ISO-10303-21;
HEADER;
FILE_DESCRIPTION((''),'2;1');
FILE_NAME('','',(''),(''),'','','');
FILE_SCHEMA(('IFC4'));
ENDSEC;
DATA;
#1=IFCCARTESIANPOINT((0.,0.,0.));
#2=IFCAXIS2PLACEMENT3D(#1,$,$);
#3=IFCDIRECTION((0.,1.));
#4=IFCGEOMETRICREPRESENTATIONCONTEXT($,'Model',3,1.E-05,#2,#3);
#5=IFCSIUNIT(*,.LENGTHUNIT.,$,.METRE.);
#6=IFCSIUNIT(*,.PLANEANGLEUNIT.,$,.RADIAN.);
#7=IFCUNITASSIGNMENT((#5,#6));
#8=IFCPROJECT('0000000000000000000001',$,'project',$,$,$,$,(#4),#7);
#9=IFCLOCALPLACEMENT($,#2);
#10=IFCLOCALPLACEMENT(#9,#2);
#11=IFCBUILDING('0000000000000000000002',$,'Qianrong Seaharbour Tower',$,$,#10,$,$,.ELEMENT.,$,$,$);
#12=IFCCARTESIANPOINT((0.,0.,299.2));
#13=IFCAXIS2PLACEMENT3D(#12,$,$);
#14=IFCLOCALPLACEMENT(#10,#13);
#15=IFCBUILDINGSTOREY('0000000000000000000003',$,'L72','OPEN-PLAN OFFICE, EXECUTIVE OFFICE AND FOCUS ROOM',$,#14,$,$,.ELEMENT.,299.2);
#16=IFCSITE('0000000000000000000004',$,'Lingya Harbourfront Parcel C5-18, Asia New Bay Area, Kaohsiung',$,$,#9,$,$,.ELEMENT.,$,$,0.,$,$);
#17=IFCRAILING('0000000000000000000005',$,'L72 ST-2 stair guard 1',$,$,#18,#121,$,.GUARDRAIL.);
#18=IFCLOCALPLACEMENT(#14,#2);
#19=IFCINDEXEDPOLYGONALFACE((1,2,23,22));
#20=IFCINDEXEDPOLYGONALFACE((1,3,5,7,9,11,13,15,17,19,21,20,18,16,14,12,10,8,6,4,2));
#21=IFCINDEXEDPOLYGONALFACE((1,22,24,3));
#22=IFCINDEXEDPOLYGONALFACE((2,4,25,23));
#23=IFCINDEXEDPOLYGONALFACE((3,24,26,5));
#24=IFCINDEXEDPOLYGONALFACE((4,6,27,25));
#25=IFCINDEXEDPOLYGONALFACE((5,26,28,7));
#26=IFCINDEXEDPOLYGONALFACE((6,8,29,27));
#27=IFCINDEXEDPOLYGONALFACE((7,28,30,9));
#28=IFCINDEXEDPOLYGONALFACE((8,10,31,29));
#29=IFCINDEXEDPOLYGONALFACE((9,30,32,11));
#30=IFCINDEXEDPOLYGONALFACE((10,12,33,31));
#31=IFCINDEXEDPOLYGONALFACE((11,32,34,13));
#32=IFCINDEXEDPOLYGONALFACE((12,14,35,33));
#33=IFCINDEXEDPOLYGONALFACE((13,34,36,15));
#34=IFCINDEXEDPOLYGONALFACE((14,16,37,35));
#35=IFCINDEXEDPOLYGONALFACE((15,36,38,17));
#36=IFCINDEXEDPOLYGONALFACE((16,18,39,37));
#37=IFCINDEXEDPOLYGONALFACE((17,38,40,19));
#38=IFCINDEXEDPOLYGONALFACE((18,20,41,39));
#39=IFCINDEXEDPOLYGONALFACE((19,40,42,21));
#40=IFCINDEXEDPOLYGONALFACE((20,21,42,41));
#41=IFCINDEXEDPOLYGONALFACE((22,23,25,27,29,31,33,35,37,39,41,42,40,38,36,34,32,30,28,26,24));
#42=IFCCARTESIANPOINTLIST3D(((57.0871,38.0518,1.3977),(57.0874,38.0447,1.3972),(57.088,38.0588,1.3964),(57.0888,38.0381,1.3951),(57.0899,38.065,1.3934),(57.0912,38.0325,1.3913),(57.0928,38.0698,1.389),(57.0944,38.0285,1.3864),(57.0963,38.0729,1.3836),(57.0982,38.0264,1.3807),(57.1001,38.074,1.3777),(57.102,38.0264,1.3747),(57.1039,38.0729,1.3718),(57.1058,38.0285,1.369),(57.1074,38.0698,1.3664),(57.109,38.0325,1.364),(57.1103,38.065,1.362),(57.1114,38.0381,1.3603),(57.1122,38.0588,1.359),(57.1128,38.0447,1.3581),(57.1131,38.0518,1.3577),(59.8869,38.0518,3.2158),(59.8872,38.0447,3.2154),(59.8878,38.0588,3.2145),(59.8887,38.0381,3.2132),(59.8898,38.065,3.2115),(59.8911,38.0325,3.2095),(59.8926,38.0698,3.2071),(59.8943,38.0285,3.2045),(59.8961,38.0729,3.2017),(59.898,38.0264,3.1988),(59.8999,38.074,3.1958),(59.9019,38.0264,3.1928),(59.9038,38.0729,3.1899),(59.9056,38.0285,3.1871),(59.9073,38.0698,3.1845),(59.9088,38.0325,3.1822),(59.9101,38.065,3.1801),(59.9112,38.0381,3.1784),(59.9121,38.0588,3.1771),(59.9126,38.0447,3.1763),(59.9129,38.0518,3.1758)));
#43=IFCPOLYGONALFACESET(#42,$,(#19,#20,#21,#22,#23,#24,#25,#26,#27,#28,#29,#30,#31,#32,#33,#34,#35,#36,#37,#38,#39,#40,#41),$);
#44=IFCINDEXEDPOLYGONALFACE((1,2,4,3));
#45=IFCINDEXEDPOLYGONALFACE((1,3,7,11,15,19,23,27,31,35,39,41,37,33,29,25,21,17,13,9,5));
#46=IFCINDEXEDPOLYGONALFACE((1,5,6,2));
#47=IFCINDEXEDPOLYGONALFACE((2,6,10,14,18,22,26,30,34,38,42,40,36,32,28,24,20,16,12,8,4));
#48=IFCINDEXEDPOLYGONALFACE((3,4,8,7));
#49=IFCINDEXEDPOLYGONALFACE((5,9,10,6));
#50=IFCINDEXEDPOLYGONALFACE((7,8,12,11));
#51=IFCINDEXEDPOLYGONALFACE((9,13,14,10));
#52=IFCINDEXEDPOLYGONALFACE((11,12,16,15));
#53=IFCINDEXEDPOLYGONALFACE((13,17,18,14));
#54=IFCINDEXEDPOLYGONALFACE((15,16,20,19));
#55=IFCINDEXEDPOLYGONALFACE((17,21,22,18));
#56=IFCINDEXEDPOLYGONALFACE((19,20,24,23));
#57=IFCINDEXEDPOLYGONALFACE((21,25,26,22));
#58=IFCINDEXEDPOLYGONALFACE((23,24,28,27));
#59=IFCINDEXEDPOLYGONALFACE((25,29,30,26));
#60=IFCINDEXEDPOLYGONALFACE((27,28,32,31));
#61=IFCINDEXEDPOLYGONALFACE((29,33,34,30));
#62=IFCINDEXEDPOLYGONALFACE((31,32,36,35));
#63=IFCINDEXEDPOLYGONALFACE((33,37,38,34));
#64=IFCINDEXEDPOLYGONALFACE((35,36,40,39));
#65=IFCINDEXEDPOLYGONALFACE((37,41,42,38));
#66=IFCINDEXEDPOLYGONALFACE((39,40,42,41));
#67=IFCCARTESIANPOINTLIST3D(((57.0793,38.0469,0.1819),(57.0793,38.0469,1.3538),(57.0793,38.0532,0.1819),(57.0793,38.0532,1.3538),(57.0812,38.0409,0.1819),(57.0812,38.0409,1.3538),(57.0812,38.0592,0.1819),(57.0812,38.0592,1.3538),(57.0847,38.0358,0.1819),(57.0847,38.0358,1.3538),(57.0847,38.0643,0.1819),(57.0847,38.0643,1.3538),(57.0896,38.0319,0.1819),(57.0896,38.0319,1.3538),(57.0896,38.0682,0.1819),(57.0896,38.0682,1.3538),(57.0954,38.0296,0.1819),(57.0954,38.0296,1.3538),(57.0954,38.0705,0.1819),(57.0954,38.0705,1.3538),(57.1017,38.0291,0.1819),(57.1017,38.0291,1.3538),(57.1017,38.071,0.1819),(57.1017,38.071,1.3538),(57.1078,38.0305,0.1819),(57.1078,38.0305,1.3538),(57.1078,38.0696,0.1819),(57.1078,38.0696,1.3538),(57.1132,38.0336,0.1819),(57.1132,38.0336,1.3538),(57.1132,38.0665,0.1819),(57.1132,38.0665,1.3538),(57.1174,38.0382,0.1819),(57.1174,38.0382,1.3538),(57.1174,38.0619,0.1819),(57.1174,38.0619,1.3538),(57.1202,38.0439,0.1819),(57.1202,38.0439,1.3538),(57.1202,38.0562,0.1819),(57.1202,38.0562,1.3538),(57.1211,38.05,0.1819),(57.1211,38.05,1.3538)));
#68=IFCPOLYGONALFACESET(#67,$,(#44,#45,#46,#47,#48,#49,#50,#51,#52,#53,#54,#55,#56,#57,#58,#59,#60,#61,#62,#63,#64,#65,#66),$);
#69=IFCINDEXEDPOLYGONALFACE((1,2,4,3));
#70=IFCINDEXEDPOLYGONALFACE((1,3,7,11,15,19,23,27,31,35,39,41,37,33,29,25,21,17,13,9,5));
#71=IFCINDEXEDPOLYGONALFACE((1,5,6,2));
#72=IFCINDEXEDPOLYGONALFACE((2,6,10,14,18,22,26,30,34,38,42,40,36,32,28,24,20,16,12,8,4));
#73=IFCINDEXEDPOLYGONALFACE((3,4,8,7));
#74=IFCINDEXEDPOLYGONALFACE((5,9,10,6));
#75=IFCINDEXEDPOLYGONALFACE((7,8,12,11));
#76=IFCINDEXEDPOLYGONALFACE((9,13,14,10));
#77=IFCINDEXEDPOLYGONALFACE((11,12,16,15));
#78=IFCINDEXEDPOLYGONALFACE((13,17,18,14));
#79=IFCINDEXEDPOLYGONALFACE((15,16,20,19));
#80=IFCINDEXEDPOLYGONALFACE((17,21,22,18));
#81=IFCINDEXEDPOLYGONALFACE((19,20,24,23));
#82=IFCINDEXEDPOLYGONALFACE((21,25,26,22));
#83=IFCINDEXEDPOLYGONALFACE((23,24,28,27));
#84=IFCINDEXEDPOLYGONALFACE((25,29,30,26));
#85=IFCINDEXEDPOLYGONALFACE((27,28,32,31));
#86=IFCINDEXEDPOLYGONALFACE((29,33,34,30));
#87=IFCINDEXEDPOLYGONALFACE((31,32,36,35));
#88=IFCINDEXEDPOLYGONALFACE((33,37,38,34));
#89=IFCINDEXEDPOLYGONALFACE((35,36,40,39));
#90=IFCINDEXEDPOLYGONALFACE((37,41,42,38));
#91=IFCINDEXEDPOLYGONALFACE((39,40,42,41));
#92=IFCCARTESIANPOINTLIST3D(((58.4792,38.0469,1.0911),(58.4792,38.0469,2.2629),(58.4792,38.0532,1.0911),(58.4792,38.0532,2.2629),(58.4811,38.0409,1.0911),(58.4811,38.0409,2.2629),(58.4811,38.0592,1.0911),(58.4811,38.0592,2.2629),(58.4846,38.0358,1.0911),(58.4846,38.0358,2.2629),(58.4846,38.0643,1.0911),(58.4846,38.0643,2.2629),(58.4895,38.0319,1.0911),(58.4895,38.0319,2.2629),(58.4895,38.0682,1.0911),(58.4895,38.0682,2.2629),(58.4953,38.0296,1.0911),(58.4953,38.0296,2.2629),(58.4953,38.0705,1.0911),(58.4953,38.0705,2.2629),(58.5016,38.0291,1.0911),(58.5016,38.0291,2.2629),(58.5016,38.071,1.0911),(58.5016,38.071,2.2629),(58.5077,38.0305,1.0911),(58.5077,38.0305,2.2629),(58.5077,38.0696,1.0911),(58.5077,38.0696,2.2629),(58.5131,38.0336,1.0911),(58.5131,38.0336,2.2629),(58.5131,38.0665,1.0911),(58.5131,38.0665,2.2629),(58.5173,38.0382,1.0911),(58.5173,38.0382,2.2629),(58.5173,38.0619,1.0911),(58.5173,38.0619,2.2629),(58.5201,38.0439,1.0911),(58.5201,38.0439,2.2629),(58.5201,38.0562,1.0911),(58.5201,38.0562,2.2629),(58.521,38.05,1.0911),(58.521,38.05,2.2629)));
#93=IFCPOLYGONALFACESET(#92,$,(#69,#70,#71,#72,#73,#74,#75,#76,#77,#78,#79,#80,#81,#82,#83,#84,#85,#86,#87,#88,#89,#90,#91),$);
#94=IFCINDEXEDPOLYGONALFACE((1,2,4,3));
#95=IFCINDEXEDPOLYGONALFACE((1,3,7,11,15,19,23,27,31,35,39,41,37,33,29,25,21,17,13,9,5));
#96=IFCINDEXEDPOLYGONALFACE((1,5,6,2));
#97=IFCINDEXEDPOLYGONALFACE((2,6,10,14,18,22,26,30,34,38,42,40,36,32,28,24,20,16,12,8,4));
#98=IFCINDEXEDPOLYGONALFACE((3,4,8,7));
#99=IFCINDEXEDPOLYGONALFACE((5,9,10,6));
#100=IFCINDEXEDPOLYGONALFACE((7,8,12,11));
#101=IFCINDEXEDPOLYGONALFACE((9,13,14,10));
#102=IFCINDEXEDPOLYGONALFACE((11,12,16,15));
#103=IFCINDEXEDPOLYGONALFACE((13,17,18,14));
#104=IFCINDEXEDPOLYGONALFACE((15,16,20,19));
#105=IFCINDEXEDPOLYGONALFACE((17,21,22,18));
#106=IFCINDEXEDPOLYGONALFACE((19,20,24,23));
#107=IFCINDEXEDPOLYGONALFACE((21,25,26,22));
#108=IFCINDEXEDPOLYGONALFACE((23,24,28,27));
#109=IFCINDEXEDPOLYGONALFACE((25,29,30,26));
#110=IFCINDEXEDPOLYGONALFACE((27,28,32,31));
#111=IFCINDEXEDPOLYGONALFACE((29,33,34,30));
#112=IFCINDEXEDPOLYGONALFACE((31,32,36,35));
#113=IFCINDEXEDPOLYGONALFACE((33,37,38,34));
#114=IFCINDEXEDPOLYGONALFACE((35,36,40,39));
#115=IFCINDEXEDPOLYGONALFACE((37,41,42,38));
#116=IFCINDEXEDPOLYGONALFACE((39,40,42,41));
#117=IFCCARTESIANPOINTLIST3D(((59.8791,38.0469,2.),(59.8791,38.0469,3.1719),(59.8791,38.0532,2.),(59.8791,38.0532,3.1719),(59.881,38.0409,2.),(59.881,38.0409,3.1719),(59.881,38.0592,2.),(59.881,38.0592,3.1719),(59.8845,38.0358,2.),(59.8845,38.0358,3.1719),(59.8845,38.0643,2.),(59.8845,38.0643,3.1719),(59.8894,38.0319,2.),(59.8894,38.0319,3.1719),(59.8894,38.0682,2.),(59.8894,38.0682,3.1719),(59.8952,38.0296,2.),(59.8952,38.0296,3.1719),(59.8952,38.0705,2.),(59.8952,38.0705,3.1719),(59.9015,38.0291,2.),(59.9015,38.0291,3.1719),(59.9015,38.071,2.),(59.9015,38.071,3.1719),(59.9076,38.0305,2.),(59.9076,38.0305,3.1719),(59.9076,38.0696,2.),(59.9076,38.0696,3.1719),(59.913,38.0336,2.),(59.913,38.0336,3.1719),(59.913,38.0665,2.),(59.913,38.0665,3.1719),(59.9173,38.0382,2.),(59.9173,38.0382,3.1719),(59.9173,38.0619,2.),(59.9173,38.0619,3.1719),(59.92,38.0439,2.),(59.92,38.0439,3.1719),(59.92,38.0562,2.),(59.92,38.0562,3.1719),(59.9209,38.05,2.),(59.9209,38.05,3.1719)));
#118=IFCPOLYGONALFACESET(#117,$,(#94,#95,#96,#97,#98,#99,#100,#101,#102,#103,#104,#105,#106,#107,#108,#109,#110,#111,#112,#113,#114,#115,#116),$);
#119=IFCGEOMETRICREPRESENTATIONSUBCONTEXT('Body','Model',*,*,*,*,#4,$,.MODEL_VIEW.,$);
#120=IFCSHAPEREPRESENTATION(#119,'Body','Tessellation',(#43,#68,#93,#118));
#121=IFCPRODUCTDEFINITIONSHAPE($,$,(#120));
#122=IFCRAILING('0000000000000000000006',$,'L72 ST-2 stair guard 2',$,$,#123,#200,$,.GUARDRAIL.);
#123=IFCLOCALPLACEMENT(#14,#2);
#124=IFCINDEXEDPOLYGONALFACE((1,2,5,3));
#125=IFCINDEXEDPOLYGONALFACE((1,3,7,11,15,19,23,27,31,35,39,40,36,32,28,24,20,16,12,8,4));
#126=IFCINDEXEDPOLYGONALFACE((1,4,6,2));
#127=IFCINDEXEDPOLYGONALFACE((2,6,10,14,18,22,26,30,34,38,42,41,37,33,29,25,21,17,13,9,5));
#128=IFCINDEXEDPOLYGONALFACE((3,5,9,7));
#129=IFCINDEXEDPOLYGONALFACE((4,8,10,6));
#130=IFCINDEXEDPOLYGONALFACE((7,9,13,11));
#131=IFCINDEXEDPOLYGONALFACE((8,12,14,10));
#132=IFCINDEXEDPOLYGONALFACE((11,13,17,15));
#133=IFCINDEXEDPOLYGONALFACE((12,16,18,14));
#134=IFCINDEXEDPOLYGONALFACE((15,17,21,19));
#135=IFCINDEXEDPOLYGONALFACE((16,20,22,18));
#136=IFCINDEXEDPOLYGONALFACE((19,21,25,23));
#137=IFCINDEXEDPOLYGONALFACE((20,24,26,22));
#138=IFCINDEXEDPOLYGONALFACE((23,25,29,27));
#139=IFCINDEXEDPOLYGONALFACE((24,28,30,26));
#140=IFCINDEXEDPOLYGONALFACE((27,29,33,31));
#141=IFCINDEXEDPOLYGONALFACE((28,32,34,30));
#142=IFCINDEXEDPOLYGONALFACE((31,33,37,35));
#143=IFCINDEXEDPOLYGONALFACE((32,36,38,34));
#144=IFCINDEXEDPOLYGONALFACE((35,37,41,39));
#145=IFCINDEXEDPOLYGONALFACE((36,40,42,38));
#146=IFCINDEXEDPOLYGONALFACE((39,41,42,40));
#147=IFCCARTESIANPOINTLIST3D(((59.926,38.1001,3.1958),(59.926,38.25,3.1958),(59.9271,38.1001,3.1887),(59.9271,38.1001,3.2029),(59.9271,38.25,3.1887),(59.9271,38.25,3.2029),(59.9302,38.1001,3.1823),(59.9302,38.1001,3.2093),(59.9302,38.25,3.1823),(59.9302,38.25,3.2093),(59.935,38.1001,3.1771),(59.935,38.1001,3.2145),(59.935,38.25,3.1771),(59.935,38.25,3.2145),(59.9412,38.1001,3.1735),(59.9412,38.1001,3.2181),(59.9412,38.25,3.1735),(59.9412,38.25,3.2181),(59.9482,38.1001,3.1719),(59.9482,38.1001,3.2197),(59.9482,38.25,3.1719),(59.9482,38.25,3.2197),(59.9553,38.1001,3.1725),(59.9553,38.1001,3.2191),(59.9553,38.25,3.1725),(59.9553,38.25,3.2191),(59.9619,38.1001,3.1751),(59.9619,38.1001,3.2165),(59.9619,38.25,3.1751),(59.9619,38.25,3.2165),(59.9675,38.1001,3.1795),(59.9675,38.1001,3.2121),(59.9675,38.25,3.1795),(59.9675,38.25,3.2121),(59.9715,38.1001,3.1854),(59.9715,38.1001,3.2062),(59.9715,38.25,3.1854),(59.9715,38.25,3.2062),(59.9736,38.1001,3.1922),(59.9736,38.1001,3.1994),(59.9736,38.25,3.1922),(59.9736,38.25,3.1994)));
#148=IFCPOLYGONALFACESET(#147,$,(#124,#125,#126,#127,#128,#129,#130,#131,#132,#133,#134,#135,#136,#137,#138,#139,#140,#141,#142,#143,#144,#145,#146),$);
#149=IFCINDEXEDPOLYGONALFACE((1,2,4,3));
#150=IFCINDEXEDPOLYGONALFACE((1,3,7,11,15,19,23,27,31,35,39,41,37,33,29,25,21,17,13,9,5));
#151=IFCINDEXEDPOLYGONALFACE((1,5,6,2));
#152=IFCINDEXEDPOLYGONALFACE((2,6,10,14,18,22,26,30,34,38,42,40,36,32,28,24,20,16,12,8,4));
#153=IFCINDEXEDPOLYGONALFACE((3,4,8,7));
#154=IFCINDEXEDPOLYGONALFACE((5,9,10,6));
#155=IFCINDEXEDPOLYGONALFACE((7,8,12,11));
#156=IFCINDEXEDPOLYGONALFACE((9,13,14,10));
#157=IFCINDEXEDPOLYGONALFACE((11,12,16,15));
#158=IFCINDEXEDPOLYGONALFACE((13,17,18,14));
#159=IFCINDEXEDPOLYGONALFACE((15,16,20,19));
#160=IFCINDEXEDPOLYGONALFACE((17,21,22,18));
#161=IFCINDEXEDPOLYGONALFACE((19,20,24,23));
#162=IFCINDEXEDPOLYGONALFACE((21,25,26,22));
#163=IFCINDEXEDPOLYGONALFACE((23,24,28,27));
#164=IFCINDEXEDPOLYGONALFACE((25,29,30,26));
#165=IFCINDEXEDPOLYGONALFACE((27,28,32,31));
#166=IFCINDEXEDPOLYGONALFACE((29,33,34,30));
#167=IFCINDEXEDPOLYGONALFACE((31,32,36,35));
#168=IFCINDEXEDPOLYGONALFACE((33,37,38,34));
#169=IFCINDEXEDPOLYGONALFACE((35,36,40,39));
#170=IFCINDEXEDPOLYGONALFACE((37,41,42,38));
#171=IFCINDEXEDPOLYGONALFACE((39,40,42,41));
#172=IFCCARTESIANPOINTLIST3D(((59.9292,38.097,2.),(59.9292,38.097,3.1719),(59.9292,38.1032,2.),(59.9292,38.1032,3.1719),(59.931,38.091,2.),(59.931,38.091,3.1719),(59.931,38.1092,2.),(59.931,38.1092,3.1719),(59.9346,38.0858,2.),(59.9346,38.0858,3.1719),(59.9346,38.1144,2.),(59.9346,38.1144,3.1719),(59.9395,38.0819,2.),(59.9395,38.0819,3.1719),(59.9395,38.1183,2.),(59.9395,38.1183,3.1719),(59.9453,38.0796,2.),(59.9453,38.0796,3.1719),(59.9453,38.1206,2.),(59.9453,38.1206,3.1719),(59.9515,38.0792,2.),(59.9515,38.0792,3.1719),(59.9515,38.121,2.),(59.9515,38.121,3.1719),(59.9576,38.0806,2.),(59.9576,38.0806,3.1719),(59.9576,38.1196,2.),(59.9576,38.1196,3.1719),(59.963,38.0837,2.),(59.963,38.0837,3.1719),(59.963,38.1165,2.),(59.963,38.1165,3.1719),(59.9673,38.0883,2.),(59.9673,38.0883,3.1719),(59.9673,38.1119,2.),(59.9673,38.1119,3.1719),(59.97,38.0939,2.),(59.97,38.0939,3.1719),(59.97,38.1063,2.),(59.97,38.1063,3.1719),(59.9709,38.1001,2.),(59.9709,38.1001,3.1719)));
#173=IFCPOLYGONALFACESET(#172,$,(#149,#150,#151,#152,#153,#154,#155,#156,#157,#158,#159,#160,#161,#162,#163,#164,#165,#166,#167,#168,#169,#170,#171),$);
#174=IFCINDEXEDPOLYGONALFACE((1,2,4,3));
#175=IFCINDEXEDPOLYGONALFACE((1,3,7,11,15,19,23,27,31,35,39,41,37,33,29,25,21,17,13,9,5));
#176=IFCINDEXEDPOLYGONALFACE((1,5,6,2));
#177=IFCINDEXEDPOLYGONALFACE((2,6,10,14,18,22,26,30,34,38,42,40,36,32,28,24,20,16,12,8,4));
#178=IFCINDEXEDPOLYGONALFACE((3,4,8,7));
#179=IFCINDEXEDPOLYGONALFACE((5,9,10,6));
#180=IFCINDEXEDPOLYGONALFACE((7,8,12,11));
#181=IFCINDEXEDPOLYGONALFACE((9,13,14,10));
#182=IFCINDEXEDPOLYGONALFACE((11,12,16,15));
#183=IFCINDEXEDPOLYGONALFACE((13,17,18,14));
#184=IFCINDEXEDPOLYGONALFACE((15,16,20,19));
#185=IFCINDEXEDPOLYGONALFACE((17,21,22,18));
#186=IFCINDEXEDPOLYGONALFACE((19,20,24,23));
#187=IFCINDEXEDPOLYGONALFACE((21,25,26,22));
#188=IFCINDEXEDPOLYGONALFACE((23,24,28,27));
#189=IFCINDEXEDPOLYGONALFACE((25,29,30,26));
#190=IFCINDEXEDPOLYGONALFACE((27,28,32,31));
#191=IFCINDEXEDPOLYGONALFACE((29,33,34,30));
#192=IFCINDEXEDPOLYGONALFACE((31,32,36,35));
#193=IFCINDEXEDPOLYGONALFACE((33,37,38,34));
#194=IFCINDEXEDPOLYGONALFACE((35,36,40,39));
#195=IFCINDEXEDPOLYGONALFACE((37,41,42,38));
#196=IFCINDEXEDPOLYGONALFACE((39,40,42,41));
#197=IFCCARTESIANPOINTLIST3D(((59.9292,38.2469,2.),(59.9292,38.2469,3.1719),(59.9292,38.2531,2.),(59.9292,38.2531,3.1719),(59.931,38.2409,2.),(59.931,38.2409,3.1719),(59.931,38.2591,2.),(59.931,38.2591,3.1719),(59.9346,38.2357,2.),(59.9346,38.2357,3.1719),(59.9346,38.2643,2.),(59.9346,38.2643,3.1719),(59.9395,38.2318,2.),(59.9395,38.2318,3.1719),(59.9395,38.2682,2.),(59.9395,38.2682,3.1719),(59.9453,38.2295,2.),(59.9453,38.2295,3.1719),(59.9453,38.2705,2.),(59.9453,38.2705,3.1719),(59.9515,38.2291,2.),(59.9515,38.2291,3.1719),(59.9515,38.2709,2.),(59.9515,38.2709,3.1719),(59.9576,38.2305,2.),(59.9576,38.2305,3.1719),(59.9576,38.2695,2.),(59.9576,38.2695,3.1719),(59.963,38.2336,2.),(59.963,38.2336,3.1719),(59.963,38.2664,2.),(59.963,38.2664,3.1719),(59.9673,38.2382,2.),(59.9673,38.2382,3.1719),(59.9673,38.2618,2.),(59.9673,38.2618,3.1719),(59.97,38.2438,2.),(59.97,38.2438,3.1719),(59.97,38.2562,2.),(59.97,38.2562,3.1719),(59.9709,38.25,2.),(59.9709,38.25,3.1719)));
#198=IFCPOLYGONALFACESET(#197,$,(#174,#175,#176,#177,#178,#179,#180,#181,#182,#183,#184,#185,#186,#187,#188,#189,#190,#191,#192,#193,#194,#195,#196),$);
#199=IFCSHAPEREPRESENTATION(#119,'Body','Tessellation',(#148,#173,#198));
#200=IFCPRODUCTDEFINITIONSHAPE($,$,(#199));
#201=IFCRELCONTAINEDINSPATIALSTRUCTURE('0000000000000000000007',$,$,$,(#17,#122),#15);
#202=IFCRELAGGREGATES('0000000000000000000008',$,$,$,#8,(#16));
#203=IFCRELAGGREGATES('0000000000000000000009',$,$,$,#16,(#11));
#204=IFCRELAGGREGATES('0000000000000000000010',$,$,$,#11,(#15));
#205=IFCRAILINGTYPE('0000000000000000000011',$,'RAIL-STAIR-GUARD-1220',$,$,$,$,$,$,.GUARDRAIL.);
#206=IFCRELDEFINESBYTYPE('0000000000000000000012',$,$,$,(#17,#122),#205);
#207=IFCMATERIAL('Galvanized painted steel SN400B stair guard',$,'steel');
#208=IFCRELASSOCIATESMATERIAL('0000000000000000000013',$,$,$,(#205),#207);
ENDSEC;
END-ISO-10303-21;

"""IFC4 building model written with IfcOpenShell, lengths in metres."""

from ifc_helpers import new_model, si_unit, direction, frame, origin, origin_2d, place, context, subcontext, project, spatial, circle, extrude, material, type_object, element, save


model = new_model("IFC4")

# Units and contexts
model_context = context("Model", 3, precision=1e-05, world=origin(), true_north=direction((0.0, 1.0)))
body_context = subcontext(model_context, "Body", "Model", "MODEL_VIEW")
ifc_project = project(units=[si_unit("LENGTHUNIT", "METRE"), si_unit("PLANEANGLEUNIT", "RADIAN")], contexts=[model_context])

# Site, building, storey
site_placement = place(None, origin())
site = spatial("IfcSite", under=ifc_project, at=site_placement, Name="Lingya Harbourfront Parcel C5-18, Asia New Bay Area, Kaohsiung", CompositionType="ELEMENT", RefElevation=0.0)
building_placement = place(site_placement, origin())
building = spatial("IfcBuilding", under=site, at=building_placement, Name="Qianrong Seaharbour Tower", CompositionType="ELEMENT")
storey_placement = place(building_placement, frame((0.0, 0.0, 299.2)))
storey = spatial("IfcBuildingStorey", under=building, at=storey_placement, Name="L72", Description="OPEN-PLAN OFFICE, EXECUTIVE OFFICE AND FOCUS ROOM", CompositionType="ELEMENT", Elevation=299.2)

# Railings
ifc_material_1 = material(Name="Galvanized painted steel SN400B stair guard", Category="steel")
railing_type_1 = type_object("IfcRailingType", Name="RAIL-STAIR-GUARD-1220", PredefinedType="GUARDRAIL", material=ifc_material_1)
railing_1_placement = place(storey_placement, frame((57.1001, 38.05, 0.1819)))
element("IfcRailing", 1, at=railing_1_placement, inside=storey, type_object=railing_type_1, Name="L72 ST-2 stair guard 1", PredefinedType="GUARDRAIL", context=body_context, shape_type="SweptSolid", body=[
    extrude(circle(Radius=0.0239, at=origin_2d()), frame((0.0, 0.0, 1.1958), z_axis=(0.838684, 0.0, 0.544618), x_axis=(0.0, 1.0, 0.0)), (0.0, 0.0, 1.0), 3.3384),
    extrude(circle(Radius=0.021, at=origin_2d()), origin(), (0.0, 0.0, 1.0), 1.1719),
    extrude(circle(Radius=0.021, at=origin_2d()), frame((1.3999, 0.0, 0.9092)), (0.0, 0.0, 1.0), 1.1719),
    extrude(circle(Radius=0.021, at=origin_2d()), frame((2.7998, 0.0, 1.8181)), (0.0, 0.0, 1.0), 1.1719),
])
railing_2_placement = place(storey_placement, frame((59.95, 38.1001, 2.0)))
element("IfcRailing", 2, at=railing_2_placement, inside=storey, type_object=railing_type_1, Name="L72 ST-2 stair guard 2", PredefinedType="GUARDRAIL", context=body_context, shape_type="SweptSolid", body=[
    extrude(circle(Radius=0.0239, at=origin_2d()), frame((0.0, 0.0, 1.1958), z_axis=(0.0, 1.0, 0.0), x_axis=(-1.0, 0.0, 0.0)), (0.0, 0.0, 1.0), 0.1499),
    extrude(circle(Radius=0.021, at=origin_2d()), origin(), (0.0, 0.0, 1.0), 1.1719),
    extrude(circle(Radius=0.021, at=origin_2d()), frame((0.0, 0.1499, 0.0)), (0.0, 0.0, 1.0), 1.1719),
])

save(model, "model.ifc")
